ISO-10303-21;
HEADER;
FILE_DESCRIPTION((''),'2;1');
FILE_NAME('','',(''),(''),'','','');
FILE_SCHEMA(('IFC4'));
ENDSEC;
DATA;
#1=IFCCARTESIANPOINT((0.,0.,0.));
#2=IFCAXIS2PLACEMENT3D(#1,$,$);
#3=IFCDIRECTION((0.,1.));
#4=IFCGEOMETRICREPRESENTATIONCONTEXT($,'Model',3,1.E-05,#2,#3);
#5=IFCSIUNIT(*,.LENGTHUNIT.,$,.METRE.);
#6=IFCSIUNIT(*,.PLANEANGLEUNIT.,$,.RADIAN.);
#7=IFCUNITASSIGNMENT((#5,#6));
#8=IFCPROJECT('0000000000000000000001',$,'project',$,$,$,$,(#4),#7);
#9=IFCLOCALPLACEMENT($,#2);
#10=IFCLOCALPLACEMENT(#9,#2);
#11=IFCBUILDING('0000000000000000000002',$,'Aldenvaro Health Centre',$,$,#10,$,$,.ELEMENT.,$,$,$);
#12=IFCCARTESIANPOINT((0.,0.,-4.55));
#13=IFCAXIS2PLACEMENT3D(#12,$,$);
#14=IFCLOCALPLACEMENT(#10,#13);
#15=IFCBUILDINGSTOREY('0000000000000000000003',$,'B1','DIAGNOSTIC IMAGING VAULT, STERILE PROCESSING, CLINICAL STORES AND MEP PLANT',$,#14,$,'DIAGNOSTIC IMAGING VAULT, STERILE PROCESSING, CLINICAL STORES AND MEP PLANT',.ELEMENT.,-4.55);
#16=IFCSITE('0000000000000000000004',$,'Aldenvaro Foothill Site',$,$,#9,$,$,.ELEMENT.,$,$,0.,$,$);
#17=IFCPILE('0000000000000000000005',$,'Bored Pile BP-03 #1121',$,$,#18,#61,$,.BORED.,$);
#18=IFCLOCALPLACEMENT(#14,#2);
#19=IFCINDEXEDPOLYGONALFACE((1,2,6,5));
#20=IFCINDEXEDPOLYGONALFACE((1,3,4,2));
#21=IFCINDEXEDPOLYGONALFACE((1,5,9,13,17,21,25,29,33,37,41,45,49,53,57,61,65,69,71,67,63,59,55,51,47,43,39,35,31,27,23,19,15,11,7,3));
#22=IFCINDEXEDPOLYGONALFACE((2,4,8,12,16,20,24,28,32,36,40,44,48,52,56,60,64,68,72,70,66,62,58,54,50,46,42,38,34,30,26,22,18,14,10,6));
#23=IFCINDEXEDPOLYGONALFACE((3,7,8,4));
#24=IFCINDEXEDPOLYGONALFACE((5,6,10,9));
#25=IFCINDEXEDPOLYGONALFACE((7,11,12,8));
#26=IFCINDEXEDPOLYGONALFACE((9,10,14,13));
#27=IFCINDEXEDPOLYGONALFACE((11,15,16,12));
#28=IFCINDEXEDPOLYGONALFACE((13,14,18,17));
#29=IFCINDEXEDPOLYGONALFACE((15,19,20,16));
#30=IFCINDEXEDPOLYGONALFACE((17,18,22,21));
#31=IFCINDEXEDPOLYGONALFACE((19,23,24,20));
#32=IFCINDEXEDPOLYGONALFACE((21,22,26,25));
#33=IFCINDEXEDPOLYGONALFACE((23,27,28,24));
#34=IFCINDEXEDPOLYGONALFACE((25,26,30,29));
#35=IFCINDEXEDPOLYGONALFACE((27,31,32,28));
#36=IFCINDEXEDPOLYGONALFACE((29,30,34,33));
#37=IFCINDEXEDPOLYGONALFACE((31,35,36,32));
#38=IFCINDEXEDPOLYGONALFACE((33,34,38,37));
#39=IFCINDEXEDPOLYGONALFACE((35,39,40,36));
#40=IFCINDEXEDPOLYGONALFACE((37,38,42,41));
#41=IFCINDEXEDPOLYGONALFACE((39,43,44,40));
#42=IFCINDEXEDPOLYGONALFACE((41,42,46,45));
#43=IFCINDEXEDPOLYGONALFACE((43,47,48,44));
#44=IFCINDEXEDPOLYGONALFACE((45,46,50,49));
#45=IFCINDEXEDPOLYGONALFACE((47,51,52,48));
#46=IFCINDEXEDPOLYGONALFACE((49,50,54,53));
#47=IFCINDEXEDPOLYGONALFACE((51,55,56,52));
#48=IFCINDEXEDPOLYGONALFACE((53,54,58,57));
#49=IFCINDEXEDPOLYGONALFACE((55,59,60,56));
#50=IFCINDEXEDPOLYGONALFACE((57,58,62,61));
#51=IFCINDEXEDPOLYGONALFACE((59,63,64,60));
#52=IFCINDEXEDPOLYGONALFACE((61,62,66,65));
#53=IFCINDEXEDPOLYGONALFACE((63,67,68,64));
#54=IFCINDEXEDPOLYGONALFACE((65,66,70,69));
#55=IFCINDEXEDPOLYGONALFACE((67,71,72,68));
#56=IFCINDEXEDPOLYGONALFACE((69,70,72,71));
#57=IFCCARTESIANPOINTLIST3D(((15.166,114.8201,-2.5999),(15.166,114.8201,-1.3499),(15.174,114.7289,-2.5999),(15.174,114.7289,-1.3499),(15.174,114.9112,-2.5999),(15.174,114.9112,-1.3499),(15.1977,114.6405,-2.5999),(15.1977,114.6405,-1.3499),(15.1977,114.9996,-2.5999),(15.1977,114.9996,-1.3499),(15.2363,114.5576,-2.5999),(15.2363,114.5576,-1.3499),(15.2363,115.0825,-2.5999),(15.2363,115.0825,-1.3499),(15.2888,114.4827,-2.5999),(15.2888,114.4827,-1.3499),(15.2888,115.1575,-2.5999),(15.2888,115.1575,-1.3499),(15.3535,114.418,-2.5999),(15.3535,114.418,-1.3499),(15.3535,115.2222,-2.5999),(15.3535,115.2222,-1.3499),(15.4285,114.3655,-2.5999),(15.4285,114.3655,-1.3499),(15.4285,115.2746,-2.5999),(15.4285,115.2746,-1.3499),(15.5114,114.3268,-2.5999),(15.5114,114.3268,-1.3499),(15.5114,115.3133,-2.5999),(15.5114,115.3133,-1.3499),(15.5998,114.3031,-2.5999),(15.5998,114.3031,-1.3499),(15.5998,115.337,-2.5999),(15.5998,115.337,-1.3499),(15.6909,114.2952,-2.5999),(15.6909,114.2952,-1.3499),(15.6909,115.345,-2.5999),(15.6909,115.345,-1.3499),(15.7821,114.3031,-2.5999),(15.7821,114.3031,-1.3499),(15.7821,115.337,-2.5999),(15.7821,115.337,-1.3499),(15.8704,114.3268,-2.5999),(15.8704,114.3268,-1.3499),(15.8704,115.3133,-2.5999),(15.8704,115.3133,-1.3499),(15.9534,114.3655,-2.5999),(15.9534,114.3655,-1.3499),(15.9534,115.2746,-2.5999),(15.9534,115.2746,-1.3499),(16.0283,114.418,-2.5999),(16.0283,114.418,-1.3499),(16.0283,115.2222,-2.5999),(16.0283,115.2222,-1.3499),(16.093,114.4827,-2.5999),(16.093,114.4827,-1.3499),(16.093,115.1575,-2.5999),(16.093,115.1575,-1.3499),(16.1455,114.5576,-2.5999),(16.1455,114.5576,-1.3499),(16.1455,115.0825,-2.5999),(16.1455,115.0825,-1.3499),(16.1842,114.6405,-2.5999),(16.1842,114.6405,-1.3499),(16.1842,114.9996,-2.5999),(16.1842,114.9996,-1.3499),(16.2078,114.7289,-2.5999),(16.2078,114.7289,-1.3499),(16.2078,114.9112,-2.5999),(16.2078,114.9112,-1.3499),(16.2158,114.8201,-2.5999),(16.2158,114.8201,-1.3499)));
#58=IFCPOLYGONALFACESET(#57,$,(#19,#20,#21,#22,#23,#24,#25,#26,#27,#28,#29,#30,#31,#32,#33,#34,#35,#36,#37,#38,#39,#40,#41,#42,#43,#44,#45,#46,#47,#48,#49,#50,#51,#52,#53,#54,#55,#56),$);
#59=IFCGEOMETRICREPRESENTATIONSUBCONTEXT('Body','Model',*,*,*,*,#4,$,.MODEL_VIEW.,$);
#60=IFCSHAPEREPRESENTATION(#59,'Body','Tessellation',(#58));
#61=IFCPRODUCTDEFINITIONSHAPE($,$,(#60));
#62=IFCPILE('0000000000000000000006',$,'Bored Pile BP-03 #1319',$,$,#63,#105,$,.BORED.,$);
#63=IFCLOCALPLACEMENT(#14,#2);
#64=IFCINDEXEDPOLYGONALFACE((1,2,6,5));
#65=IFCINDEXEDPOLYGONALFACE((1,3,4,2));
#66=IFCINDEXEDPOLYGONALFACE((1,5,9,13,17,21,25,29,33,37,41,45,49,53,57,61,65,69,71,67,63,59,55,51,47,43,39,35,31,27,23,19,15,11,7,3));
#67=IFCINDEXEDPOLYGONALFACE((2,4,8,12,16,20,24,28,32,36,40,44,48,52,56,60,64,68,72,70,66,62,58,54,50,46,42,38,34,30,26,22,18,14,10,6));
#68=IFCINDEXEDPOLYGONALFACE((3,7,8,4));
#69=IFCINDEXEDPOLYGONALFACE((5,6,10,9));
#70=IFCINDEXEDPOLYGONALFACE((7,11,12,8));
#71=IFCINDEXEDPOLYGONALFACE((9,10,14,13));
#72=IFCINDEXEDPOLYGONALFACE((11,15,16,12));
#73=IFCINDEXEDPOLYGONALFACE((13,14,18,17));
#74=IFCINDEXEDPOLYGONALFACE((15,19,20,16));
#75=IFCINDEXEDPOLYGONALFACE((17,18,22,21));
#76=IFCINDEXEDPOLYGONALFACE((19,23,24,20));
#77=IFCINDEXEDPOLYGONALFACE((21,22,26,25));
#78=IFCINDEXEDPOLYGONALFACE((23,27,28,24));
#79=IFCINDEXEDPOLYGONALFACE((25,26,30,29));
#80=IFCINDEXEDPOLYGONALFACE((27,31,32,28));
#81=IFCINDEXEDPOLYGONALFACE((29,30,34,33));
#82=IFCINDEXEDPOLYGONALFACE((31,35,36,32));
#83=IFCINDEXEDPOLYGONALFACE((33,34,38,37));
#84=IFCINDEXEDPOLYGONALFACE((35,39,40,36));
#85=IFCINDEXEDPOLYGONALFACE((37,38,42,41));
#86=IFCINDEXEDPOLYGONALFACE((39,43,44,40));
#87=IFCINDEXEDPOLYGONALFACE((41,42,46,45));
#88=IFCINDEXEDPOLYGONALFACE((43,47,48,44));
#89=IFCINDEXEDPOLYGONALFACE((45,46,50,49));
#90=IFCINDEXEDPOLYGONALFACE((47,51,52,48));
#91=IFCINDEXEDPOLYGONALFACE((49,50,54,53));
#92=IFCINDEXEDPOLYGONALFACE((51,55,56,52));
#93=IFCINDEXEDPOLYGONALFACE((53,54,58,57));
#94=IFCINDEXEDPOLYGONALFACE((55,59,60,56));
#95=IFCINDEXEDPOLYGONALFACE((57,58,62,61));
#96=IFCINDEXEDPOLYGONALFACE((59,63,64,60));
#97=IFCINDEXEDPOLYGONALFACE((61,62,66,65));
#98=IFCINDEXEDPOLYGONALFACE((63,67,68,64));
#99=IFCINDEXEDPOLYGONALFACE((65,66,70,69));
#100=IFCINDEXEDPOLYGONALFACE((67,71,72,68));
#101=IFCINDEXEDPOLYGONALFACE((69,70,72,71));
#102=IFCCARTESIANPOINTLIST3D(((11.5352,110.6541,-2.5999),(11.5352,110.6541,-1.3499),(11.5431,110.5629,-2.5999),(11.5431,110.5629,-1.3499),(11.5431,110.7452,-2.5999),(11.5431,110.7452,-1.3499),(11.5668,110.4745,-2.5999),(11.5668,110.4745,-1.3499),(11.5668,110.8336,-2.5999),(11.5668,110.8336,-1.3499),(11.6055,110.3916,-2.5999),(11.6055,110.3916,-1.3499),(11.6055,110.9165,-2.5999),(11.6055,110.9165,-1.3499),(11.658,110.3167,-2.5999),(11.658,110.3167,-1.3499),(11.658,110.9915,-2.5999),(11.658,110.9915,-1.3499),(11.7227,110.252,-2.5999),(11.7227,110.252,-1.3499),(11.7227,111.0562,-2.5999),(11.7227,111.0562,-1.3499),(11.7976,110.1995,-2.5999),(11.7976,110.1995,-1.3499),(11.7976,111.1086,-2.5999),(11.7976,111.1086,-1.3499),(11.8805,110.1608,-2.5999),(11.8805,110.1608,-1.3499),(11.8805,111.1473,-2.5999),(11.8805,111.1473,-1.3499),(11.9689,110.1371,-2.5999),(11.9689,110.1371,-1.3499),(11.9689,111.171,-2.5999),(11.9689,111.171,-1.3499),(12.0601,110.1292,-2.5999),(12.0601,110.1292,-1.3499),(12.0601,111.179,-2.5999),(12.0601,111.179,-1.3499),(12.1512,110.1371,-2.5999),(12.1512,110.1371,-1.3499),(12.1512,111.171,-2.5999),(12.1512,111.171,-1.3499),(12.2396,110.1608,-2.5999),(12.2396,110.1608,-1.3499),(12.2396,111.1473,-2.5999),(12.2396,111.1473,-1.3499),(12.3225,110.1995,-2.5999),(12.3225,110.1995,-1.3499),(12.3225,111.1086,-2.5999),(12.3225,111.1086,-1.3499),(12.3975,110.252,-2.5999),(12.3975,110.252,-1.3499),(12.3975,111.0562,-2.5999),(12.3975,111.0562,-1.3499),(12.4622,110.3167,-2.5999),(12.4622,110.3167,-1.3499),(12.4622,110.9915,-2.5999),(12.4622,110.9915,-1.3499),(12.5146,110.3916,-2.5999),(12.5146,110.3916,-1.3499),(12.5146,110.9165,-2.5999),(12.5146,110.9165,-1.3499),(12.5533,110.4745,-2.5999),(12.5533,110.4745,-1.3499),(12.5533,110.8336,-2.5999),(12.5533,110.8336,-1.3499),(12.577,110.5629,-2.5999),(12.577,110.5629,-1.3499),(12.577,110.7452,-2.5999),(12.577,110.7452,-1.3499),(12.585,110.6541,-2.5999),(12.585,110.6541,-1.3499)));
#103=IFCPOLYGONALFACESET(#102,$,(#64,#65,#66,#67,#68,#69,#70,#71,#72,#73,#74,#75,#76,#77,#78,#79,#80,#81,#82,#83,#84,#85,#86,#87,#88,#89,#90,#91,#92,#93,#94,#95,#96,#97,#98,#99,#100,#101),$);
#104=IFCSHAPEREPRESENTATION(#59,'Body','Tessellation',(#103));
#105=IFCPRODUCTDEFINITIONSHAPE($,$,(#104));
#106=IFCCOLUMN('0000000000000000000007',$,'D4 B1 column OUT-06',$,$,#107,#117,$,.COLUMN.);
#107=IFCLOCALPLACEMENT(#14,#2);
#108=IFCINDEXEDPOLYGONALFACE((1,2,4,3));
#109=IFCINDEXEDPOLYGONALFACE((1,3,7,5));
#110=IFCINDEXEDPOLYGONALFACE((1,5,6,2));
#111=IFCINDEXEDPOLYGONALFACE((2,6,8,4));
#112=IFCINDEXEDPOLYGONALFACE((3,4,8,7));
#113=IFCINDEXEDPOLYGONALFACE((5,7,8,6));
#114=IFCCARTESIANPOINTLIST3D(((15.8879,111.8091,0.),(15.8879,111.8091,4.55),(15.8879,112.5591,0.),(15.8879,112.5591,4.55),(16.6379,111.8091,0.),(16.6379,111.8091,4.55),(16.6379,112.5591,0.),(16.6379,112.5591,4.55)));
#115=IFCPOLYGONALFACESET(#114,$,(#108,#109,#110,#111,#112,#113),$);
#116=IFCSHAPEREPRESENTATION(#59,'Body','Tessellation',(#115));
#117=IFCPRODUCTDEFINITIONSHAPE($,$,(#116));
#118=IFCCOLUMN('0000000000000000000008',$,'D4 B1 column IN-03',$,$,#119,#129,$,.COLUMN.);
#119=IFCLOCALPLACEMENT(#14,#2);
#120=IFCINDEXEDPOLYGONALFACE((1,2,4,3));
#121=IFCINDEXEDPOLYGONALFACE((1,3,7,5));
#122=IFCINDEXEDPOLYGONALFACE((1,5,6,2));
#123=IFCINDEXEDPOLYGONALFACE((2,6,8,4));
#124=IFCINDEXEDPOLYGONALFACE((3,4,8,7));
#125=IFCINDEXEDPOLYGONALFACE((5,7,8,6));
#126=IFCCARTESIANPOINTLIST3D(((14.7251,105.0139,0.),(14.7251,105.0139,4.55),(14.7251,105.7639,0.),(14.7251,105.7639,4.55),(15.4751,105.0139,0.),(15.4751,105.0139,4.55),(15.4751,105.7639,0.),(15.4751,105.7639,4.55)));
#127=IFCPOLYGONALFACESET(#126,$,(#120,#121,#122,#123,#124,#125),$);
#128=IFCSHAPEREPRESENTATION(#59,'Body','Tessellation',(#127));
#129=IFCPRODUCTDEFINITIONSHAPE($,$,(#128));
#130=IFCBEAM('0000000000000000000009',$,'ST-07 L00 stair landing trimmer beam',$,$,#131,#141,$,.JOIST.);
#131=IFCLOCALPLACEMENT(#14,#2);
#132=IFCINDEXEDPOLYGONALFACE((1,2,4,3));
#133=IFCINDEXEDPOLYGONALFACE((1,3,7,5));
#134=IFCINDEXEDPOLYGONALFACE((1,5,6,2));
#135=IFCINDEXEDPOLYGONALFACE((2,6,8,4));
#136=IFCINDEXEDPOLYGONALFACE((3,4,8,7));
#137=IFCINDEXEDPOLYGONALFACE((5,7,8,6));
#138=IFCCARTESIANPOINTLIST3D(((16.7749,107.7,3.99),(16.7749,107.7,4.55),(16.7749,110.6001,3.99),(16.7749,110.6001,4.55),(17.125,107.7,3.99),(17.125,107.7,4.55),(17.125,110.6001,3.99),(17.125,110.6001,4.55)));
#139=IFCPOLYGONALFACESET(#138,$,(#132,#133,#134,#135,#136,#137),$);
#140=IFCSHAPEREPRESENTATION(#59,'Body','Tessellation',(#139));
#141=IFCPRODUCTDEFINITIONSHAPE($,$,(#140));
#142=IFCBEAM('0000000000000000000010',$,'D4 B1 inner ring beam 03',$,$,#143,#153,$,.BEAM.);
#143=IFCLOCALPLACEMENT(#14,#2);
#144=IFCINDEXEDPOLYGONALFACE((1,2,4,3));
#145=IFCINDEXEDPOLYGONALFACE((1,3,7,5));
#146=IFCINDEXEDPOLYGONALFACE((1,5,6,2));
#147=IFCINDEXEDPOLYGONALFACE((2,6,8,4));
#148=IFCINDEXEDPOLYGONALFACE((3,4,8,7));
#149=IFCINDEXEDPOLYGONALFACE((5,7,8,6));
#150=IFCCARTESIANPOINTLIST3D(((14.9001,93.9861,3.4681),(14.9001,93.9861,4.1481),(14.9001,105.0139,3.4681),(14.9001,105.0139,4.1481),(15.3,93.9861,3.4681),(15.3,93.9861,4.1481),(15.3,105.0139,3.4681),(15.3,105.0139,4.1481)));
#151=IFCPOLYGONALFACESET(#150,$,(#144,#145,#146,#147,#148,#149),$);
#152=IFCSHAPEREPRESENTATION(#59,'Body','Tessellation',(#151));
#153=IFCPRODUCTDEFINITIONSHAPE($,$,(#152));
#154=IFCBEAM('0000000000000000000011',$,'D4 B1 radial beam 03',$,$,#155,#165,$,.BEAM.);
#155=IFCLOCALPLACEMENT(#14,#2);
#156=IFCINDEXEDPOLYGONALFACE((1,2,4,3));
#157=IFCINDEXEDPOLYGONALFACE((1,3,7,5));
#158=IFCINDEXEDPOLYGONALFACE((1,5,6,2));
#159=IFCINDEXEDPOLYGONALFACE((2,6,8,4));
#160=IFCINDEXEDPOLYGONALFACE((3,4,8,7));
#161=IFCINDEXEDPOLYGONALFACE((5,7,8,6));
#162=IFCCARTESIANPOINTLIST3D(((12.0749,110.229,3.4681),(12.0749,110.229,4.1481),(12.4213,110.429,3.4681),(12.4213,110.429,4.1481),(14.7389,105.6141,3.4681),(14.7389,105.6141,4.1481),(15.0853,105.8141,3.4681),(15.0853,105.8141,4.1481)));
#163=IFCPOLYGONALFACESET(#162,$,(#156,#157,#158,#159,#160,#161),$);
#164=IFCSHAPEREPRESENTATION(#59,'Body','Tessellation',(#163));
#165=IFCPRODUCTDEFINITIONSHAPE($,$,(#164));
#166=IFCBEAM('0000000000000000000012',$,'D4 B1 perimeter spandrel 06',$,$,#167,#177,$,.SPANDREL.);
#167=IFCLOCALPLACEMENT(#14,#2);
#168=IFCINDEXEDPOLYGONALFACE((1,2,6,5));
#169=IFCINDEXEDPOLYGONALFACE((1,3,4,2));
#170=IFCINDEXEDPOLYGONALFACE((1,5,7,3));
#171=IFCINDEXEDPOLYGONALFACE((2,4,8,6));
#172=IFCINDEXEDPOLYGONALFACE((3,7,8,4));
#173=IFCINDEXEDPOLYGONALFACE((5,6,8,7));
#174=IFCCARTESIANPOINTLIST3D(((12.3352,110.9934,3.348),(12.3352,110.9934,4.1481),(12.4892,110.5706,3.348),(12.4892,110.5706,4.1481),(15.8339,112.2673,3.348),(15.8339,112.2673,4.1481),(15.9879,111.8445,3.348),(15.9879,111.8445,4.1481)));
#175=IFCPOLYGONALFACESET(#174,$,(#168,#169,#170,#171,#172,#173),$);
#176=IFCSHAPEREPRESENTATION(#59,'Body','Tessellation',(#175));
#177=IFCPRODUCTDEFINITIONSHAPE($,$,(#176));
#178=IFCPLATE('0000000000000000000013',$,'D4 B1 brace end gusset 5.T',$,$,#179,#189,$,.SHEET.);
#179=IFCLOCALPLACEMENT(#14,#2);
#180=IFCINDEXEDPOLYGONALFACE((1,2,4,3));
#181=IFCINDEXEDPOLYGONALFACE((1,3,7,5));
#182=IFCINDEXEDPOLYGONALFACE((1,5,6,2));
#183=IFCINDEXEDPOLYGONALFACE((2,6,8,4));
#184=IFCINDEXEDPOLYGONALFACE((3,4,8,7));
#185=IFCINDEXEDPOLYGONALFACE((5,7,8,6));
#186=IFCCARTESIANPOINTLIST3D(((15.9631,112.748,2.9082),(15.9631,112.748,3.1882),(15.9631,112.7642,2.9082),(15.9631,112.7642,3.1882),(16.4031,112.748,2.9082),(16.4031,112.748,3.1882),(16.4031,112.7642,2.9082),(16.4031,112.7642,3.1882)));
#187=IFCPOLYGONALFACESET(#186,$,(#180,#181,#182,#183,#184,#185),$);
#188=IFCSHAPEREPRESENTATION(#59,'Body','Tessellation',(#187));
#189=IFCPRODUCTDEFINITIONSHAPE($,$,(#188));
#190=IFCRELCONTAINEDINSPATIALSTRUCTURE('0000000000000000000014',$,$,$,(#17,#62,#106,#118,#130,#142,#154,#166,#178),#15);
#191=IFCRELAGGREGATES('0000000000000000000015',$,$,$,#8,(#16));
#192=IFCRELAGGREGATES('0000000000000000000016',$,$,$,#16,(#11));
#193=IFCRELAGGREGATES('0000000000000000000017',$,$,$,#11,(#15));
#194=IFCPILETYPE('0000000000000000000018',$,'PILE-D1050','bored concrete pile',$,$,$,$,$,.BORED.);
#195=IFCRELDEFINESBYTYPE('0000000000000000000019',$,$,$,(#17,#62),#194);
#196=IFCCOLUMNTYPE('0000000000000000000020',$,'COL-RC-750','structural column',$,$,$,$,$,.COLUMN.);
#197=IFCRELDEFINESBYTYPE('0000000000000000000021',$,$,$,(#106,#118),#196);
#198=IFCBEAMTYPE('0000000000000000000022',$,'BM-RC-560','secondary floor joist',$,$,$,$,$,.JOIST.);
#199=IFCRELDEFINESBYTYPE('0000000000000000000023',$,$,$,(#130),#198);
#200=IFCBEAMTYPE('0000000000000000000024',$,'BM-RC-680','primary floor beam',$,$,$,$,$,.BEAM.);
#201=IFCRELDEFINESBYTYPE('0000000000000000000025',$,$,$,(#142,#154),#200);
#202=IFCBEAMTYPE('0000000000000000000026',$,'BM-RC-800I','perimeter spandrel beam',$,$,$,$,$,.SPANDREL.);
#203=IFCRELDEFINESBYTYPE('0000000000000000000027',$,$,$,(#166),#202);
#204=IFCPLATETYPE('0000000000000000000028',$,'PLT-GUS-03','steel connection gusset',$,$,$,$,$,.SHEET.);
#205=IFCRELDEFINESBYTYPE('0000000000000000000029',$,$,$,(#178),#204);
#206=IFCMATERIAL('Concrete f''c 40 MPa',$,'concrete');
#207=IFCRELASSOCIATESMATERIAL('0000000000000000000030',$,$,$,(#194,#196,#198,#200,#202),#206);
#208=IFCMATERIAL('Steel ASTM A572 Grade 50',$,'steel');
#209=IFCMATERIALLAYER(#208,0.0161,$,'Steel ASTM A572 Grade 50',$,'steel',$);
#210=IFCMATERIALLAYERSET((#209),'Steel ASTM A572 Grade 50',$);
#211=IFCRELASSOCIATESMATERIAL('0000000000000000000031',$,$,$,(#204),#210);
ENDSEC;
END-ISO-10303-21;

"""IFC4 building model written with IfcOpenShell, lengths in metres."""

from ifc_helpers import new_model, si_unit, direction, frame, origin, origin_2d, place, context, subcontext, project, spatial, rectangle, circle, extrude, material, layer, layer_set, material_profile, profile_set, type_object, element, save


model = new_model("IFC4")

# Units and contexts
model_context = context("Model", 3, precision=1e-05, world=origin(), true_north=direction((0.0, 1.0)))
body_context = subcontext(model_context, "Body", "Model", "MODEL_VIEW")
ifc_project = project(units=[si_unit("LENGTHUNIT", "METRE"), si_unit("PLANEANGLEUNIT", "RADIAN")], contexts=[model_context])

# Site, building, storey
site_placement = place(None, origin())
site = spatial("IfcSite", under=ifc_project, at=site_placement, Name="Aldenvaro Foothill Site", CompositionType="ELEMENT", RefElevation=0.0)
building_placement = place(site_placement, origin())
building = spatial("IfcBuilding", under=site, at=building_placement, Name="Aldenvaro Health Centre", CompositionType="ELEMENT")
storey_placement = place(building_placement, frame((0.0, 0.0, -4.55)))
storey = spatial("IfcBuildingStorey", under=building, at=storey_placement, Name="B1", Description="DIAGNOSTIC IMAGING VAULT, STERILE PROCESSING, CLINICAL STORES AND MEP PLANT", LongName="DIAGNOSTIC IMAGING VAULT, STERILE PROCESSING, CLINICAL STORES AND MEP PLANT", CompositionType="ELEMENT", Elevation=-4.55)

# Shared definitions
ifc_material_1 = material(Name="Concrete f'c 40 MPa", Category="concrete")

# Piles
ifc_material_profile_1 = material_profile(ifc_material_1, circle(Radius=0.5249, at=origin_2d()), Name="PILE D1050", Category="concrete")
ifc_profile_set_1 = profile_set([ifc_material_profile_1], Name="Concrete f'c 40 MPa")
pile_type = type_object("IfcPileType", Name="PILE-D1050", Description="bored concrete pile", PredefinedType="BORED", material=ifc_profile_set_1)
for number, where, z_axis, x_axis, name in (
    (1, (15.6909, 114.8201, -1.3499), (0.0, 0.0, -1.0), (1.0, 0.0, 0.0), "Bored Pile BP-03 #1121"),
    (2, (12.0601, 110.6541, -1.3499), (0.0, 0.0, -1.0), (1.0, 0.0, 0.0), "Bored Pile BP-03 #1319"),
):
    element("IfcPile", number, at=place(storey_placement, frame(where, z_axis=z_axis, x_axis=x_axis)), inside=storey, type_object=pile_type, Name=name, PredefinedType="BORED", context=body_context, shape_type="SweptSolid", body=[
        extrude(circle(Radius=0.5249, at=origin_2d()), origin(), (0.0, 0.0, 1.0), 1.25),
    ])

# Columns
ifc_material_profile_2 = material_profile(ifc_material_1, rectangle(XDim=0.75, YDim=0.75, at=origin_2d()), Name="RC 750x750", Category="concrete")
ifc_profile_set_2 = profile_set([ifc_material_profile_2], Name="Concrete f'c 40 MPa")
column_type = type_object("IfcColumnType", Name="COL-RC-750", Description="structural column", PredefinedType="COLUMN", material=ifc_profile_set_2)
for number, where, z_axis, x_axis, name in (
    (3, (16.2629, 112.1841, 0.0), (0.0, 0.0, 1.0), (1.0, 0.0, 0.0), "D4 B1 column OUT-06"),
    (4, (15.1001, 105.3889, 0.0), (0.0, 0.0, 1.0), (1.0, 0.0, 0.0), "D4 B1 column IN-03"),
):
    element("IfcColumn", number, at=place(storey_placement, frame(where, z_axis=z_axis, x_axis=x_axis)), inside=storey, type_object=column_type, Name=name, PredefinedType="COLUMN", context=body_context, shape_type="SweptSolid", body=[
        extrude(rectangle(XDim=0.75, YDim=0.75, at=origin_2d()), origin(), (0.0, 0.0, 1.0), 4.55),
    ])

# Beams
ifc_material_profile_3 = material_profile(ifc_material_1, rectangle(XDim=0.3501, YDim=0.5601, at=origin_2d()), Name="RC 350x560", Category="concrete")
ifc_profile_set_3 = profile_set([ifc_material_profile_3], Name="Concrete f'c 40 MPa")
beam_type_1 = type_object("IfcBeamType", Name="BM-RC-560", Description="secondary floor joist", PredefinedType="JOIST", material=ifc_profile_set_3)
beam_1_placement = place(storey_placement, frame((16.95, 107.7, 4.27), z_axis=(0.0, 1.0, 0.0), x_axis=(-1.0, 0.0, 0.0)))
element("IfcBeam", 5, at=beam_1_placement, inside=storey, type_object=beam_type_1, Name="ST-07 L00 stair landing trimmer beam", PredefinedType="JOIST", context=body_context, shape_type="SweptSolid", body=[
    extrude(rectangle(XDim=0.3501, YDim=0.5601, at=origin_2d()), origin(), (0.0, 0.0, 1.0), 2.9001),
])
ifc_material_profile_4 = material_profile(ifc_material_1, rectangle(XDim=0.3999, YDim=0.6799, at=origin_2d()), Name="RC 400x680", Category="concrete")
ifc_profile_set_4 = profile_set([ifc_material_profile_4], Name="Concrete f'c 40 MPa")
beam_type_2 = type_object("IfcBeamType", Name="BM-RC-680", Description="primary floor beam", PredefinedType="BEAM", material=ifc_profile_set_4)
beam_2_placement = place(storey_placement, frame((15.1001, 105.0139, 3.8081), z_axis=(0.0, -1.0, 0.0), x_axis=(1.0, 0.0, 0.0)))
element("IfcBeam", 6, at=beam_2_placement, inside=storey, type_object=beam_type_2, Name="D4 B1 inner ring beam 03", PredefinedType="BEAM", context=body_context, shape_type="SweptSolid", body=[
    extrude(rectangle(XDim=0.3999, YDim=0.6799, at=origin_2d()), origin(), (0.0, 0.0, 1.0), 11.0278),
])
beam_3_placement = place(storey_placement, frame((14.9121, 105.7141, 3.8081), z_axis=(-0.499943, 0.866058, 0.0), x_axis=(-0.866058, -0.499943, 0.0)))
element("IfcBeam", 7, at=beam_3_placement, inside=storey, type_object=beam_type_2, Name="D4 B1 radial beam 03", PredefinedType="BEAM", context=body_context, shape_type="SweptSolid", body=[
    extrude(rectangle(XDim=0.3999, YDim=0.6799, at=origin_2d()), origin(), (0.0, 0.0, 1.0), 5.3286),
])
ifc_material_profile_5 = material_profile(ifc_material_1, rectangle(XDim=0.45, YDim=0.8, at=origin_2d()), Name="RC 450x800", Category="concrete")
ifc_profile_set_5 = profile_set([ifc_material_profile_5], Name="Concrete f'c 40 MPa")
beam_type_3 = type_object("IfcBeamType", Name="BM-RC-800I", Description="perimeter spandrel beam", PredefinedType="SPANDREL", material=ifc_profile_set_5)
beam_4_placement = place(storey_placement, frame((15.9109, 112.0559, 3.748), z_axis=(-0.939652, -0.342133, 0.0), x_axis=(0.342133, -0.939652, 0.0)))
element("IfcBeam", 8, at=beam_4_placement, inside=storey, type_object=beam_type_3, Name="D4 B1 perimeter spandrel 06", PredefinedType="SPANDREL", context=body_context, shape_type="SweptSolid", body=[
    extrude(rectangle(XDim=0.45, YDim=0.8, at=origin_2d()), origin(), (0.0, 0.0, 1.0), 3.7234),
])

# Plate
ifc_material_2 = material(Name="Steel ASTM A572 Grade 50", Category="steel")
ifc_layer_1 = layer(ifc_material_2, 0.0161, Name="Steel ASTM A572 Grade 50", Category="steel")
ifc_layer_set_1 = layer_set([ifc_layer_1], Name="Steel ASTM A572 Grade 50")
plate_type = type_object("IfcPlateType", Name="PLT-GUS-03", Description="steel connection gusset", PredefinedType="SHEET", material=ifc_layer_set_1)
plate_placement = place(storey_placement, frame((16.1831, 112.7561, 2.9082), z_axis=(0.0, 0.0, 1.0), x_axis=(-1.0, 0.0, 0.0)))
element("IfcPlate", 9, at=plate_placement, inside=storey, type_object=plate_type, Name="D4 B1 brace end gusset 5.T", PredefinedType="SHEET", context=body_context, shape_type="SweptSolid", body=[
    extrude(rectangle(XDim=0.4399, YDim=0.0161, at=origin_2d()), origin(), (0.0, 0.0, 1.0), 0.28),
])

save(model, "model.ifc")
